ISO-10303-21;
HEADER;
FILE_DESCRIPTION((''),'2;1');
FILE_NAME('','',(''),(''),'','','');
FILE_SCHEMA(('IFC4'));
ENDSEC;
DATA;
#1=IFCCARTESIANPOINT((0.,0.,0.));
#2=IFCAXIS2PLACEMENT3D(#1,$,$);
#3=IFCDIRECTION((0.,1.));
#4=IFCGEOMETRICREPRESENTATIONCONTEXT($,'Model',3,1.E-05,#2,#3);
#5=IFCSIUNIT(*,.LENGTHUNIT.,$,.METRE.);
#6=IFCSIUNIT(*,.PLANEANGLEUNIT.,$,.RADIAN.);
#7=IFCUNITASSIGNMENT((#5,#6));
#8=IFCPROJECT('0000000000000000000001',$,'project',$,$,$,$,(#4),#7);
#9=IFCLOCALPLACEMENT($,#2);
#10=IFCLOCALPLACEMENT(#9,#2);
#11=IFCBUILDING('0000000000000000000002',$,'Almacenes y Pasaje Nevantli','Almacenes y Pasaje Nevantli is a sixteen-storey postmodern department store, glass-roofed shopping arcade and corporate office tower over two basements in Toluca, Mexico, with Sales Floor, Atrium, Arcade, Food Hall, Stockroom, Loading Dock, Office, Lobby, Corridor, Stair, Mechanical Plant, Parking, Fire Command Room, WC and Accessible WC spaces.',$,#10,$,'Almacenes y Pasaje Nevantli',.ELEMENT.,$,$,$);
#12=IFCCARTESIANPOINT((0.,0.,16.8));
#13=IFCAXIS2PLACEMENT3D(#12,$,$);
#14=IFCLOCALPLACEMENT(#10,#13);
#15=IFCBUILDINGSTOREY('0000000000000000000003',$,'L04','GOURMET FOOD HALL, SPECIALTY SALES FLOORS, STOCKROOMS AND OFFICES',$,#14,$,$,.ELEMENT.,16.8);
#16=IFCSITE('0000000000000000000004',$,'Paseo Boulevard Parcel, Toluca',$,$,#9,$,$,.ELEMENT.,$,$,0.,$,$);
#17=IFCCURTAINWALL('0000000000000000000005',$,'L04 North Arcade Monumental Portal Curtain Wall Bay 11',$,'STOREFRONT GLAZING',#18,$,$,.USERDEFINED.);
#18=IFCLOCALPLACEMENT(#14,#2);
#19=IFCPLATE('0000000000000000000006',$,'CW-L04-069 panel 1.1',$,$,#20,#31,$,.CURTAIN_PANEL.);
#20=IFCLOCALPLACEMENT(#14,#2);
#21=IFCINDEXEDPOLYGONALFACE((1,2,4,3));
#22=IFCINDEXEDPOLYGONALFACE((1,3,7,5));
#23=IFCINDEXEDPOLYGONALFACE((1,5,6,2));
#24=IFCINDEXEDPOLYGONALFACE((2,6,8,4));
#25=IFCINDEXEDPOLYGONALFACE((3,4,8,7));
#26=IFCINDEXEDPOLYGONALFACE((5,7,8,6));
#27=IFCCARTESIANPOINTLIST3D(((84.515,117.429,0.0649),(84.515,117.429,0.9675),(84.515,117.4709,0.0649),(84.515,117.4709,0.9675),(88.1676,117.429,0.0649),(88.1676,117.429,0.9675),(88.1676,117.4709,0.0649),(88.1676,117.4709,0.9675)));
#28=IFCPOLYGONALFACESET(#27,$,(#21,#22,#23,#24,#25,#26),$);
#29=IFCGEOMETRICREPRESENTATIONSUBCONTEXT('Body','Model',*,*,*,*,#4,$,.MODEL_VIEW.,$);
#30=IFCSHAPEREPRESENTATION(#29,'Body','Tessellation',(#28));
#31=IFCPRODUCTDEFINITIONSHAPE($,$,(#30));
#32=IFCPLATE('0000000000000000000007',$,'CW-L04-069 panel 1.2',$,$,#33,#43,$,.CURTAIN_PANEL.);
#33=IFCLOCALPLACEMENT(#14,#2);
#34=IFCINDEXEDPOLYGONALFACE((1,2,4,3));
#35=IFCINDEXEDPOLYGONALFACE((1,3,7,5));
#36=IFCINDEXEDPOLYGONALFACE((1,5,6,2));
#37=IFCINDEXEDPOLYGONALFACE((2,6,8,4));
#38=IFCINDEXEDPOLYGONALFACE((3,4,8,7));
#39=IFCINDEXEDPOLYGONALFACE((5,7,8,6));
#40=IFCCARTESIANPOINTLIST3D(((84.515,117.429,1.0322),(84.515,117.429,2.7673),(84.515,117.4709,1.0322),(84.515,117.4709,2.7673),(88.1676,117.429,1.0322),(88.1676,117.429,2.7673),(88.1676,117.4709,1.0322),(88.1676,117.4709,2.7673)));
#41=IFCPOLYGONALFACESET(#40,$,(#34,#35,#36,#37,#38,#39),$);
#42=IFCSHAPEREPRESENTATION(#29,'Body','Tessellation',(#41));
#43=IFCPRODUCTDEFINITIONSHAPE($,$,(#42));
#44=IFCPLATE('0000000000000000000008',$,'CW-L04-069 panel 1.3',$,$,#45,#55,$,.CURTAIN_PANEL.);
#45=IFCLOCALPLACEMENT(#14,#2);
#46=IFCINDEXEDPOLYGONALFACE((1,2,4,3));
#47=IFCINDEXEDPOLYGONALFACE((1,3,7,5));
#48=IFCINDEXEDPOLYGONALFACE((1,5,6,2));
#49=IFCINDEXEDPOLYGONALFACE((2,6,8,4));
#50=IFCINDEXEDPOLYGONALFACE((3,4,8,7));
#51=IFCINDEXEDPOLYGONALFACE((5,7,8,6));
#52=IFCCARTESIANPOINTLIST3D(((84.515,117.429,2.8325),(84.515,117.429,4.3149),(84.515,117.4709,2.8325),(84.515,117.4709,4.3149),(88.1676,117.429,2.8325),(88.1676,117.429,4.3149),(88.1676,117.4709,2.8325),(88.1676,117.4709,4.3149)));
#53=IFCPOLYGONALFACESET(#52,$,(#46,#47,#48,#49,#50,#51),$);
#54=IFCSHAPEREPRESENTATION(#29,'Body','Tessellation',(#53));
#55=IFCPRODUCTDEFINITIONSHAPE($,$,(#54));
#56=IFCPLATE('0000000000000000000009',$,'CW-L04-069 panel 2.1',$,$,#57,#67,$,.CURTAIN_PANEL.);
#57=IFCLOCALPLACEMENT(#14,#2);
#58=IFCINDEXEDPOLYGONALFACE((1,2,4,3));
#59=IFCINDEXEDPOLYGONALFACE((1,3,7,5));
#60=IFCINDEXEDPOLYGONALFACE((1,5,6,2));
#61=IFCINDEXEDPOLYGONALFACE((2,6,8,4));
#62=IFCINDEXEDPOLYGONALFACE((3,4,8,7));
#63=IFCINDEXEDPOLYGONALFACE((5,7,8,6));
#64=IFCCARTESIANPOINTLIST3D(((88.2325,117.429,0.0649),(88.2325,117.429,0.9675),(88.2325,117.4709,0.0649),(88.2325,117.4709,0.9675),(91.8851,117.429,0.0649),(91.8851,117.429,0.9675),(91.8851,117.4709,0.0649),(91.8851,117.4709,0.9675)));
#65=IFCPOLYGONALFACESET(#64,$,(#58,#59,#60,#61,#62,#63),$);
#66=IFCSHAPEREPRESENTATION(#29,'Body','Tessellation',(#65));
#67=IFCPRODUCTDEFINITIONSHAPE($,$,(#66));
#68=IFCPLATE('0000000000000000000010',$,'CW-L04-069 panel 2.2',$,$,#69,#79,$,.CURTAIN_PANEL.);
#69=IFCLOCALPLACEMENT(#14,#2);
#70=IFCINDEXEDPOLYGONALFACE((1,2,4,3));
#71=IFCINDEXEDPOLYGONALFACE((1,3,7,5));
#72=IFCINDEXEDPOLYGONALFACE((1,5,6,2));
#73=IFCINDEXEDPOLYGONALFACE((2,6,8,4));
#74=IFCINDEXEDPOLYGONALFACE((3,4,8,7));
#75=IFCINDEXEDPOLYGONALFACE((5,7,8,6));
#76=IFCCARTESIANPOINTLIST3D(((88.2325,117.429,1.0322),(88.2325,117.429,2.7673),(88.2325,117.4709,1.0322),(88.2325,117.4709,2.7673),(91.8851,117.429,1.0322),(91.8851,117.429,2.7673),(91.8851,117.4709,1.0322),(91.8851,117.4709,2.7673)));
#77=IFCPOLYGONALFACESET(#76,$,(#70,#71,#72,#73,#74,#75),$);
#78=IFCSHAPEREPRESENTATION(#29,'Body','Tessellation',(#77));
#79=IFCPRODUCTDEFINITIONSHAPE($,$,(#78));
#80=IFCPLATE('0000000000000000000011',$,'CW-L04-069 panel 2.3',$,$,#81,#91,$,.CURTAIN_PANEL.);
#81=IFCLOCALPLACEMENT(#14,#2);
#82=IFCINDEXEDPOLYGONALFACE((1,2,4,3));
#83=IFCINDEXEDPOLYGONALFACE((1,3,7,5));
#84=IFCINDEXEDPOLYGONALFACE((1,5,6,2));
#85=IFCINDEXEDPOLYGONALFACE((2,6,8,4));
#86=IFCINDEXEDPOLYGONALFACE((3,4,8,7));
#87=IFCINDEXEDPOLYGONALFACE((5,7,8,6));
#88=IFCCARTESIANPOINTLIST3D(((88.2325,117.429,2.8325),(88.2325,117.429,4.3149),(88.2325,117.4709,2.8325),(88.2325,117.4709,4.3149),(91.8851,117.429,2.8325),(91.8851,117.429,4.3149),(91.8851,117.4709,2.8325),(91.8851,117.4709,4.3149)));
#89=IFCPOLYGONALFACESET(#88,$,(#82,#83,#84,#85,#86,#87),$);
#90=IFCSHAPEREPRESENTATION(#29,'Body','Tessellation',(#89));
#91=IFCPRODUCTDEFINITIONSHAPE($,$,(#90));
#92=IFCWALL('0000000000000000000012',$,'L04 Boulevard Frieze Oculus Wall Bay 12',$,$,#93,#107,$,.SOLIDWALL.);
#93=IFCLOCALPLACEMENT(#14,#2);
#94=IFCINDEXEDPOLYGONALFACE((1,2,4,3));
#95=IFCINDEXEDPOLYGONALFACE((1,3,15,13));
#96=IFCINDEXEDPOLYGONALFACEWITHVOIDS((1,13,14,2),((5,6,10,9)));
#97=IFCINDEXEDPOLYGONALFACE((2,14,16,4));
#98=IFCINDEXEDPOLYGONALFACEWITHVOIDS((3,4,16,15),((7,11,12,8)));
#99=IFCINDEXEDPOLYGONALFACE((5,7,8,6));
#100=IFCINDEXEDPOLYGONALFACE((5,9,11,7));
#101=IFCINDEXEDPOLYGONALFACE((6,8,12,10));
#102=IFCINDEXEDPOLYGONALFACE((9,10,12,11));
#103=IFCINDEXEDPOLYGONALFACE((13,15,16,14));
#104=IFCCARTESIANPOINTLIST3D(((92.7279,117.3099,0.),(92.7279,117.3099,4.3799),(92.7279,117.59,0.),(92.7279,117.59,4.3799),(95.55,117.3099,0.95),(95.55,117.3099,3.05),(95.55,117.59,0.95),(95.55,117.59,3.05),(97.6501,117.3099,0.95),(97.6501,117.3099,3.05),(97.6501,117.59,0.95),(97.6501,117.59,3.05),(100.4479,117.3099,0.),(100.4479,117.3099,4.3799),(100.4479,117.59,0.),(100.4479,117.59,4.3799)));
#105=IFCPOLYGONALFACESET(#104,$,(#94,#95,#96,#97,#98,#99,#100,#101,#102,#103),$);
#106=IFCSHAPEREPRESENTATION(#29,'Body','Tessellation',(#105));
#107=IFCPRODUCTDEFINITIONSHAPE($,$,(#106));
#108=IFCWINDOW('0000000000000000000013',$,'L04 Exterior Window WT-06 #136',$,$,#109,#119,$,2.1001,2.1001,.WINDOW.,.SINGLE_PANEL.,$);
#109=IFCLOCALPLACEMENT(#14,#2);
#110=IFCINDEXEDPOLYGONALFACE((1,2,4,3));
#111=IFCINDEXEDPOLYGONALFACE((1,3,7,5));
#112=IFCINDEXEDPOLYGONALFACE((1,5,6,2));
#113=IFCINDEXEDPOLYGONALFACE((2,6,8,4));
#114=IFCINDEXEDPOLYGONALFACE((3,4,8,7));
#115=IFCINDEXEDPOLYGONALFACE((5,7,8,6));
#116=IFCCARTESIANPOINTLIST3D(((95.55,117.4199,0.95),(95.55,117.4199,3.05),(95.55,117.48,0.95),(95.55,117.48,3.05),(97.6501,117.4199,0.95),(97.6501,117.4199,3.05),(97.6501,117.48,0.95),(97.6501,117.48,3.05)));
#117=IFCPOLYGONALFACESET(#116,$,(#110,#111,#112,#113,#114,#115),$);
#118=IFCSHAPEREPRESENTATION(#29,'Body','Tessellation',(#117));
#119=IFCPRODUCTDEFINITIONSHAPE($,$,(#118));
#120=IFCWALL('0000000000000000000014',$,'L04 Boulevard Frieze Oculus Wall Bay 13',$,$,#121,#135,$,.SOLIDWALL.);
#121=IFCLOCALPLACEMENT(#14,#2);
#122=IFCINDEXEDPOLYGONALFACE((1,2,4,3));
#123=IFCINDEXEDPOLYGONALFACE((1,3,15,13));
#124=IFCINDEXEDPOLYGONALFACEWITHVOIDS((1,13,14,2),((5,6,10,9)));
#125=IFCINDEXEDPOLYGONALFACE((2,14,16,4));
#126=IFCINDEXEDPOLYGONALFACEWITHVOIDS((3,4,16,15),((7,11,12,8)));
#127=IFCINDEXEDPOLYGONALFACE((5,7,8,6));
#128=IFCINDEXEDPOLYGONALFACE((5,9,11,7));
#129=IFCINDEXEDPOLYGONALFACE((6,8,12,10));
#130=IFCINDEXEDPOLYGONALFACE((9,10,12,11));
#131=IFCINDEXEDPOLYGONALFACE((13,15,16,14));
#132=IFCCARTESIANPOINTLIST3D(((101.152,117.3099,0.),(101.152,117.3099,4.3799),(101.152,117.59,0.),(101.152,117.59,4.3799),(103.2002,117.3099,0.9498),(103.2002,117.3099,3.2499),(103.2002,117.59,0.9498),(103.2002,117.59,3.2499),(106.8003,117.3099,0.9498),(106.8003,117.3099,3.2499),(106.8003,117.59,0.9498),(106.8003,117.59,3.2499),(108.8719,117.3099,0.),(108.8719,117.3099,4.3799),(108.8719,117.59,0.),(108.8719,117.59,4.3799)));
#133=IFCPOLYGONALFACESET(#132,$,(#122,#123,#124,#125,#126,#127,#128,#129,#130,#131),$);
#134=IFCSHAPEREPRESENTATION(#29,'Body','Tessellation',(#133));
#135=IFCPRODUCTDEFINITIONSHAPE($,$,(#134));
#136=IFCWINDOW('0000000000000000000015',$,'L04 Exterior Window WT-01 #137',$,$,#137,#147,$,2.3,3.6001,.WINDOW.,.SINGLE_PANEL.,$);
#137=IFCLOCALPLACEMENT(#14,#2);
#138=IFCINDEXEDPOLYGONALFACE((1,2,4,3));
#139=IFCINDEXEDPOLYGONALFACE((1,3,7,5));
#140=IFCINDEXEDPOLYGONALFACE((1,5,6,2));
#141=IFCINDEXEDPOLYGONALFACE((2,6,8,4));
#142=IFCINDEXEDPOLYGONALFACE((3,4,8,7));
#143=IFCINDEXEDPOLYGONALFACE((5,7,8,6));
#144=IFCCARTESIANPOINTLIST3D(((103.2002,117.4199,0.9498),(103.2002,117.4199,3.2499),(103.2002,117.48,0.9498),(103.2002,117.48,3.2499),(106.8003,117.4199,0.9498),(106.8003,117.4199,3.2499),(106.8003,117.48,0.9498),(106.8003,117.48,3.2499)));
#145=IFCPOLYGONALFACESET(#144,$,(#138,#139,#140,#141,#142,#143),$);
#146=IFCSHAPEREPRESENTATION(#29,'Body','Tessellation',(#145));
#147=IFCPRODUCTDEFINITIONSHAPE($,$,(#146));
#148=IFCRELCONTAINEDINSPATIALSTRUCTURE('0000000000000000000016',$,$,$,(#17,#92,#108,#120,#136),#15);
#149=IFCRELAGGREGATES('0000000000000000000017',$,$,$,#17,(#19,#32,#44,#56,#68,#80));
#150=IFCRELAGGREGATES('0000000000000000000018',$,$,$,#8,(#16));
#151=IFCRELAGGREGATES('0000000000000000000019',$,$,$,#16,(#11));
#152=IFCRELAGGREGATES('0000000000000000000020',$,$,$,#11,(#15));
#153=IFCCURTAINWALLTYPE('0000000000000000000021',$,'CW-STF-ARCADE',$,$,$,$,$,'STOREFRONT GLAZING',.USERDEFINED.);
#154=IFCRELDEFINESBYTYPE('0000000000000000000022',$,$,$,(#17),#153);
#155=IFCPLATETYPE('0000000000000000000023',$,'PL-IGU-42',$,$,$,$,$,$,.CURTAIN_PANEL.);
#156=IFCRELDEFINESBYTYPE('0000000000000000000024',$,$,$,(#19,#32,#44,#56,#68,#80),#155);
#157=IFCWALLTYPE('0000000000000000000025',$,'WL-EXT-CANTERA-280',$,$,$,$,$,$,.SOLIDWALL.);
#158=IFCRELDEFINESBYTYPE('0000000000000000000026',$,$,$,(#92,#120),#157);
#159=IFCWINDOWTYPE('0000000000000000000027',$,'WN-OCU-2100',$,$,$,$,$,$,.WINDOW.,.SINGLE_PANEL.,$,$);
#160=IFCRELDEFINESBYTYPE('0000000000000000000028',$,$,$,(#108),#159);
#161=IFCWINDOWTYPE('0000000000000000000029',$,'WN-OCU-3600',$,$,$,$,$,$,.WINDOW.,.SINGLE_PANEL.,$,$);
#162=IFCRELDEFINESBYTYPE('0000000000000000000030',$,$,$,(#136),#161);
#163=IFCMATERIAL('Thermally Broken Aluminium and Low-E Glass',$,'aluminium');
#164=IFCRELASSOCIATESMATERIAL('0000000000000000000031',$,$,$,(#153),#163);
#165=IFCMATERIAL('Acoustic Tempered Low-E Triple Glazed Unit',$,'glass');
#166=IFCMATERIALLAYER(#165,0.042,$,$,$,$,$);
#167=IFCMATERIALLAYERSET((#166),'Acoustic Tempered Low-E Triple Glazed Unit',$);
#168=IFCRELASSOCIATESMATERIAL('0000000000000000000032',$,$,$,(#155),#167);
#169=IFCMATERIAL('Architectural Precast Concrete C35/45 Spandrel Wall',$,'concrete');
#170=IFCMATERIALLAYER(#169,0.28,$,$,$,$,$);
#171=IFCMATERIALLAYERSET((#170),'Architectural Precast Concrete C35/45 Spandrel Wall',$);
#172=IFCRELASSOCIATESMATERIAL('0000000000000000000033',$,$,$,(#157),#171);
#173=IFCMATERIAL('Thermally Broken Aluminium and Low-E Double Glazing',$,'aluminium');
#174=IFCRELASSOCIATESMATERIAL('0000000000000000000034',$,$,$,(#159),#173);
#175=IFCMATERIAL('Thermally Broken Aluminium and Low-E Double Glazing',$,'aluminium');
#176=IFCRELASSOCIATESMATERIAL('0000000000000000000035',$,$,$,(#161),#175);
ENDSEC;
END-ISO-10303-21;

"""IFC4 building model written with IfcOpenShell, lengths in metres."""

from ifc_helpers import new_model, si_unit, direction, frame, frame_2d, origin, origin_2d, place, context, subcontext, project, spatial, rectangle, extrude, material, layer, layer_set, type_object, element, fill, aggregate, save


model = new_model("IFC4")

# Units and contexts
model_context = context("Model", 3, precision=1e-05, world=origin(), true_north=direction((0.0, 1.0)))
body_context = subcontext(model_context, "Body", "Model", "MODEL_VIEW")
ifc_project = project(units=[si_unit("LENGTHUNIT", "METRE"), si_unit("PLANEANGLEUNIT", "RADIAN")], contexts=[model_context])

# Site, building, storey
site_placement = place(None, origin())
site = spatial("IfcSite", under=ifc_project, at=site_placement, Name="Paseo Boulevard Parcel, Toluca", CompositionType="ELEMENT", RefElevation=0.0)
building_placement = place(site_placement, origin())
building = spatial("IfcBuilding", under=site, at=building_placement, Name="Almacenes y Pasaje Nevantli", Description="Almacenes y Pasaje Nevantli is a sixteen-storey postmodern department store, glass-roofed shopping arcade and corporate office tower over two basements in Toluca, Mexico, with Sales Floor, Atrium, Arcade, Food Hall, Stockroom, Loading Dock, Office, Lobby, Corridor, Stair, Mechanical Plant, Parking, Fire Command Room, WC and Accessible WC spaces.", LongName="Almacenes y Pasaje Nevantli", CompositionType="ELEMENT")
storey_placement = place(building_placement, frame((0.0, 0.0, 16.8)))
storey = spatial("IfcBuildingStorey", under=building, at=storey_placement, Name="L04", Description="GOURMET FOOD HALL, SPECIALTY SALES FLOORS, STOCKROOMS AND OFFICES", CompositionType="ELEMENT", Elevation=16.8)

# Curtain wall, plates
ifc_material_1 = material(Name="Thermally Broken Aluminium and Low-E Glass", Category="aluminium")
curtain_wall_type = type_object("IfcCurtainWallType", Name="CW-STF-ARCADE", ElementType="STOREFRONT GLAZING", PredefinedType="USERDEFINED", material=ifc_material_1)
curtain_wall_placement = place(storey_placement, origin())
curtain_wall = element("IfcCurtainWall", 1, at=curtain_wall_placement, inside=storey, type_object=curtain_wall_type, Name="L04 North Arcade Monumental Portal Curtain Wall Bay 11", ObjectType="STOREFRONT GLAZING", PredefinedType="USERDEFINED")
ifc_material_2 = material(Name="Acoustic Tempered Low-E Triple Glazed Unit", Category="glass")
ifc_layer_1 = layer(ifc_material_2, 0.042)
ifc_layer_set_1 = layer_set([ifc_layer_1], Name="Acoustic Tempered Low-E Triple Glazed Unit")
plate_type = type_object("IfcPlateType", Name="PL-IGU-42", PredefinedType="CURTAIN_PANEL", material=ifc_layer_set_1)
plate_1_placement = place(storey_placement, frame((86.3413, 117.45, 0.0649), z_axis=(0.0, 0.0, 1.0), x_axis=(1.0, 0.0, 0.0)))
plate_1 = element("IfcPlate", 2, at=plate_1_placement, type_object=plate_type, Name="CW-L04-069 panel 1.1", PredefinedType="CURTAIN_PANEL", context=body_context, shape_type="SweptSolid", body=[
    extrude(rectangle(XDim=3.6526, YDim=0.042, at=origin_2d()), origin(), (0.0, 0.0, 1.0), 0.9026),
])
plate_2_placement = place(storey_placement, frame((86.3413, 117.45, 1.0322), z_axis=(0.0, 0.0, 1.0), x_axis=(1.0, 0.0, 0.0)))
plate_2 = element("IfcPlate", 3, at=plate_2_placement, type_object=plate_type, Name="CW-L04-069 panel 1.2", PredefinedType="CURTAIN_PANEL", context=body_context, shape_type="SweptSolid", body=[
    extrude(rectangle(XDim=3.6526, YDim=0.042, at=origin_2d()), origin(), (0.0, 0.0, 1.0), 1.7351),
])
plate_3_placement = place(storey_placement, frame((86.3413, 117.45, 2.8325), z_axis=(0.0, 0.0, 1.0), x_axis=(1.0, 0.0, 0.0)))
plate_3 = element("IfcPlate", 4, at=plate_3_placement, type_object=plate_type, Name="CW-L04-069 panel 1.3", PredefinedType="CURTAIN_PANEL", context=body_context, shape_type="SweptSolid", body=[
    extrude(rectangle(XDim=3.6526, YDim=0.042, at=origin_2d()), origin(), (0.0, 0.0, 1.0), 1.4824),
])
plate_4_placement = place(storey_placement, frame((90.0588, 117.45, 0.0649), z_axis=(0.0, 0.0, 1.0), x_axis=(1.0, 0.0, 0.0)))
plate_4 = element("IfcPlate", 5, at=plate_4_placement, type_object=plate_type, Name="CW-L04-069 panel 2.1", PredefinedType="CURTAIN_PANEL", context=body_context, shape_type="SweptSolid", body=[
    extrude(rectangle(XDim=3.6526, YDim=0.042, at=origin_2d()), origin(), (0.0, 0.0, 1.0), 0.9026),
])
plate_5_placement = place(storey_placement, frame((90.0588, 117.45, 1.0322), z_axis=(0.0, 0.0, 1.0), x_axis=(1.0, 0.0, 0.0)))
plate_5 = element("IfcPlate", 6, at=plate_5_placement, type_object=plate_type, Name="CW-L04-069 panel 2.2", PredefinedType="CURTAIN_PANEL", context=body_context, shape_type="SweptSolid", body=[
    extrude(rectangle(XDim=3.6526, YDim=0.042, at=origin_2d()), origin(), (0.0, 0.0, 1.0), 1.7351),
])
plate_6_placement = place(storey_placement, frame((90.0588, 117.45, 2.8325), z_axis=(0.0, 0.0, 1.0), x_axis=(1.0, 0.0, 0.0)))
plate_6 = element("IfcPlate", 7, at=plate_6_placement, type_object=plate_type, Name="CW-L04-069 panel 2.3", PredefinedType="CURTAIN_PANEL", context=body_context, shape_type="SweptSolid", body=[
    extrude(rectangle(XDim=3.6526, YDim=0.042, at=origin_2d()), origin(), (0.0, 0.0, 1.0), 1.4824),
])
aggregate(curtain_wall, [plate_1, plate_2, plate_3, plate_4, plate_5, plate_6])

# Walls, openings, windows
ifc_material_3 = material(Name="Architectural Precast Concrete C35/45 Spandrel Wall", Category="concrete")
ifc_layer_2 = layer(ifc_material_3, 0.28)
ifc_layer_set_2 = layer_set([ifc_layer_2], Name="Architectural Precast Concrete C35/45 Spandrel Wall")
wall_type = type_object("IfcWallType", Name="WL-EXT-CANTERA-280", PredefinedType="SOLIDWALL", material=ifc_layer_set_2)
wall_1_placement = place(storey_placement, frame((92.728, 117.45, 0.0), z_axis=(0.0, 0.0, 1.0), x_axis=(1.0, 0.0, 0.0)))
wall_1 = element("IfcWall", 8, at=wall_1_placement, inside=storey, type_object=wall_type, Name="L04 Boulevard Frieze Oculus Wall Bay 12", PredefinedType="SOLIDWALL", context=body_context, shape_type="SweptSolid", body=[
    extrude(rectangle(XDim=7.72, YDim=0.28, at=frame_2d((3.8599, 0.0))), origin(), (0.0, 0.0, 1.0), 4.3799),
])
opening_1_placement = place(wall_1_placement, frame((2.822, 0.0, 0.95)))
opening_1 = element("IfcOpeningElement", 9, at=opening_1_placement, cuts=wall_1, PredefinedType="OPENING", context=body_context, shape_type="SweptSolid", body=[
    extrude(rectangle(XDim=2.1001, YDim=2.1001, at=frame_2d((1.05, 1.05))), frame((0.0, 0.1499, 0.0), z_axis=(0.0, -1.0, 0.0), x_axis=(1.0, 0.0, 0.0)), (0.0, 0.0, 1.0), 0.3),
])
ifc_material_4 = material(Name="Thermally Broken Aluminium and Low-E Double Glazing", Category="aluminium")
window_type_1 = type_object("IfcWindowType", Name="WN-OCU-2100", PartitioningType="SINGLE_PANEL", PredefinedType="WINDOW", material=ifc_material_4)
window_1_placement = place(opening_1_placement, origin())
window_1 = element("IfcWindow", 10, at=window_1_placement, inside=storey, type_object=window_type_1, Name="L04 Exterior Window WT-06 #136", OverallHeight=2.1001, OverallWidth=2.1001, PartitioningType="SINGLE_PANEL", PredefinedType="WINDOW", context=body_context, shape_type="SweptSolid", body=[
    extrude(rectangle(XDim=2.1001, YDim=2.1001, at=frame_2d((1.05, 1.05))), frame((0.0, 0.03, 0.0), z_axis=(0.0, -1.0, 0.0), x_axis=(1.0, 0.0, 0.0)), (0.0, 0.0, 1.0), 0.0601),
])
fill(opening_1, window_1)
wall_2_placement = place(storey_placement, frame((101.1521, 117.45, 0.0), z_axis=(0.0, 0.0, 1.0), x_axis=(1.0, 0.0, 0.0)))
wall_2 = element("IfcWall", 11, at=wall_2_placement, inside=storey, type_object=wall_type, Name="L04 Boulevard Frieze Oculus Wall Bay 13", PredefinedType="SOLIDWALL", context=body_context, shape_type="SweptSolid", body=[
    extrude(rectangle(XDim=7.72, YDim=0.28, at=frame_2d((3.8599, 0.0))), origin(), (0.0, 0.0, 1.0), 4.3799),
])
opening_2_placement = place(wall_2_placement, frame((2.0481, 0.0, 0.95)))
opening_2 = element("IfcOpeningElement", 12, at=opening_2_placement, cuts=wall_2, PredefinedType="OPENING", context=body_context, shape_type="SweptSolid", body=[
    extrude(rectangle(XDim=3.6001, YDim=2.3, at=frame_2d((1.8, 1.1499))), frame((0.0, 0.1499, 0.0), z_axis=(0.0, -1.0, 0.0), x_axis=(1.0, 0.0, 0.0)), (0.0, 0.0, 1.0), 0.3),
])
ifc_material_5 = material(Name="Thermally Broken Aluminium and Low-E Double Glazing", Category="aluminium")
window_type_2 = type_object("IfcWindowType", Name="WN-OCU-3600", PartitioningType="SINGLE_PANEL", PredefinedType="WINDOW", material=ifc_material_5)
window_2_placement = place(opening_2_placement, origin())
window_2 = element("IfcWindow", 13, at=window_2_placement, inside=storey, type_object=window_type_2, Name="L04 Exterior Window WT-01 #137", OverallHeight=2.3, OverallWidth=3.6001, PartitioningType="SINGLE_PANEL", PredefinedType="WINDOW", context=body_context, shape_type="SweptSolid", body=[
    extrude(rectangle(XDim=3.6001, YDim=2.3, at=frame_2d((1.8, 1.1499))), frame((0.0, 0.03, 0.0), z_axis=(0.0, -1.0, 0.0), x_axis=(1.0, 0.0, 0.0)), (0.0, 0.0, 1.0), 0.0601),
])
fill(opening_2, window_2)

save(model, "model.ifc")
